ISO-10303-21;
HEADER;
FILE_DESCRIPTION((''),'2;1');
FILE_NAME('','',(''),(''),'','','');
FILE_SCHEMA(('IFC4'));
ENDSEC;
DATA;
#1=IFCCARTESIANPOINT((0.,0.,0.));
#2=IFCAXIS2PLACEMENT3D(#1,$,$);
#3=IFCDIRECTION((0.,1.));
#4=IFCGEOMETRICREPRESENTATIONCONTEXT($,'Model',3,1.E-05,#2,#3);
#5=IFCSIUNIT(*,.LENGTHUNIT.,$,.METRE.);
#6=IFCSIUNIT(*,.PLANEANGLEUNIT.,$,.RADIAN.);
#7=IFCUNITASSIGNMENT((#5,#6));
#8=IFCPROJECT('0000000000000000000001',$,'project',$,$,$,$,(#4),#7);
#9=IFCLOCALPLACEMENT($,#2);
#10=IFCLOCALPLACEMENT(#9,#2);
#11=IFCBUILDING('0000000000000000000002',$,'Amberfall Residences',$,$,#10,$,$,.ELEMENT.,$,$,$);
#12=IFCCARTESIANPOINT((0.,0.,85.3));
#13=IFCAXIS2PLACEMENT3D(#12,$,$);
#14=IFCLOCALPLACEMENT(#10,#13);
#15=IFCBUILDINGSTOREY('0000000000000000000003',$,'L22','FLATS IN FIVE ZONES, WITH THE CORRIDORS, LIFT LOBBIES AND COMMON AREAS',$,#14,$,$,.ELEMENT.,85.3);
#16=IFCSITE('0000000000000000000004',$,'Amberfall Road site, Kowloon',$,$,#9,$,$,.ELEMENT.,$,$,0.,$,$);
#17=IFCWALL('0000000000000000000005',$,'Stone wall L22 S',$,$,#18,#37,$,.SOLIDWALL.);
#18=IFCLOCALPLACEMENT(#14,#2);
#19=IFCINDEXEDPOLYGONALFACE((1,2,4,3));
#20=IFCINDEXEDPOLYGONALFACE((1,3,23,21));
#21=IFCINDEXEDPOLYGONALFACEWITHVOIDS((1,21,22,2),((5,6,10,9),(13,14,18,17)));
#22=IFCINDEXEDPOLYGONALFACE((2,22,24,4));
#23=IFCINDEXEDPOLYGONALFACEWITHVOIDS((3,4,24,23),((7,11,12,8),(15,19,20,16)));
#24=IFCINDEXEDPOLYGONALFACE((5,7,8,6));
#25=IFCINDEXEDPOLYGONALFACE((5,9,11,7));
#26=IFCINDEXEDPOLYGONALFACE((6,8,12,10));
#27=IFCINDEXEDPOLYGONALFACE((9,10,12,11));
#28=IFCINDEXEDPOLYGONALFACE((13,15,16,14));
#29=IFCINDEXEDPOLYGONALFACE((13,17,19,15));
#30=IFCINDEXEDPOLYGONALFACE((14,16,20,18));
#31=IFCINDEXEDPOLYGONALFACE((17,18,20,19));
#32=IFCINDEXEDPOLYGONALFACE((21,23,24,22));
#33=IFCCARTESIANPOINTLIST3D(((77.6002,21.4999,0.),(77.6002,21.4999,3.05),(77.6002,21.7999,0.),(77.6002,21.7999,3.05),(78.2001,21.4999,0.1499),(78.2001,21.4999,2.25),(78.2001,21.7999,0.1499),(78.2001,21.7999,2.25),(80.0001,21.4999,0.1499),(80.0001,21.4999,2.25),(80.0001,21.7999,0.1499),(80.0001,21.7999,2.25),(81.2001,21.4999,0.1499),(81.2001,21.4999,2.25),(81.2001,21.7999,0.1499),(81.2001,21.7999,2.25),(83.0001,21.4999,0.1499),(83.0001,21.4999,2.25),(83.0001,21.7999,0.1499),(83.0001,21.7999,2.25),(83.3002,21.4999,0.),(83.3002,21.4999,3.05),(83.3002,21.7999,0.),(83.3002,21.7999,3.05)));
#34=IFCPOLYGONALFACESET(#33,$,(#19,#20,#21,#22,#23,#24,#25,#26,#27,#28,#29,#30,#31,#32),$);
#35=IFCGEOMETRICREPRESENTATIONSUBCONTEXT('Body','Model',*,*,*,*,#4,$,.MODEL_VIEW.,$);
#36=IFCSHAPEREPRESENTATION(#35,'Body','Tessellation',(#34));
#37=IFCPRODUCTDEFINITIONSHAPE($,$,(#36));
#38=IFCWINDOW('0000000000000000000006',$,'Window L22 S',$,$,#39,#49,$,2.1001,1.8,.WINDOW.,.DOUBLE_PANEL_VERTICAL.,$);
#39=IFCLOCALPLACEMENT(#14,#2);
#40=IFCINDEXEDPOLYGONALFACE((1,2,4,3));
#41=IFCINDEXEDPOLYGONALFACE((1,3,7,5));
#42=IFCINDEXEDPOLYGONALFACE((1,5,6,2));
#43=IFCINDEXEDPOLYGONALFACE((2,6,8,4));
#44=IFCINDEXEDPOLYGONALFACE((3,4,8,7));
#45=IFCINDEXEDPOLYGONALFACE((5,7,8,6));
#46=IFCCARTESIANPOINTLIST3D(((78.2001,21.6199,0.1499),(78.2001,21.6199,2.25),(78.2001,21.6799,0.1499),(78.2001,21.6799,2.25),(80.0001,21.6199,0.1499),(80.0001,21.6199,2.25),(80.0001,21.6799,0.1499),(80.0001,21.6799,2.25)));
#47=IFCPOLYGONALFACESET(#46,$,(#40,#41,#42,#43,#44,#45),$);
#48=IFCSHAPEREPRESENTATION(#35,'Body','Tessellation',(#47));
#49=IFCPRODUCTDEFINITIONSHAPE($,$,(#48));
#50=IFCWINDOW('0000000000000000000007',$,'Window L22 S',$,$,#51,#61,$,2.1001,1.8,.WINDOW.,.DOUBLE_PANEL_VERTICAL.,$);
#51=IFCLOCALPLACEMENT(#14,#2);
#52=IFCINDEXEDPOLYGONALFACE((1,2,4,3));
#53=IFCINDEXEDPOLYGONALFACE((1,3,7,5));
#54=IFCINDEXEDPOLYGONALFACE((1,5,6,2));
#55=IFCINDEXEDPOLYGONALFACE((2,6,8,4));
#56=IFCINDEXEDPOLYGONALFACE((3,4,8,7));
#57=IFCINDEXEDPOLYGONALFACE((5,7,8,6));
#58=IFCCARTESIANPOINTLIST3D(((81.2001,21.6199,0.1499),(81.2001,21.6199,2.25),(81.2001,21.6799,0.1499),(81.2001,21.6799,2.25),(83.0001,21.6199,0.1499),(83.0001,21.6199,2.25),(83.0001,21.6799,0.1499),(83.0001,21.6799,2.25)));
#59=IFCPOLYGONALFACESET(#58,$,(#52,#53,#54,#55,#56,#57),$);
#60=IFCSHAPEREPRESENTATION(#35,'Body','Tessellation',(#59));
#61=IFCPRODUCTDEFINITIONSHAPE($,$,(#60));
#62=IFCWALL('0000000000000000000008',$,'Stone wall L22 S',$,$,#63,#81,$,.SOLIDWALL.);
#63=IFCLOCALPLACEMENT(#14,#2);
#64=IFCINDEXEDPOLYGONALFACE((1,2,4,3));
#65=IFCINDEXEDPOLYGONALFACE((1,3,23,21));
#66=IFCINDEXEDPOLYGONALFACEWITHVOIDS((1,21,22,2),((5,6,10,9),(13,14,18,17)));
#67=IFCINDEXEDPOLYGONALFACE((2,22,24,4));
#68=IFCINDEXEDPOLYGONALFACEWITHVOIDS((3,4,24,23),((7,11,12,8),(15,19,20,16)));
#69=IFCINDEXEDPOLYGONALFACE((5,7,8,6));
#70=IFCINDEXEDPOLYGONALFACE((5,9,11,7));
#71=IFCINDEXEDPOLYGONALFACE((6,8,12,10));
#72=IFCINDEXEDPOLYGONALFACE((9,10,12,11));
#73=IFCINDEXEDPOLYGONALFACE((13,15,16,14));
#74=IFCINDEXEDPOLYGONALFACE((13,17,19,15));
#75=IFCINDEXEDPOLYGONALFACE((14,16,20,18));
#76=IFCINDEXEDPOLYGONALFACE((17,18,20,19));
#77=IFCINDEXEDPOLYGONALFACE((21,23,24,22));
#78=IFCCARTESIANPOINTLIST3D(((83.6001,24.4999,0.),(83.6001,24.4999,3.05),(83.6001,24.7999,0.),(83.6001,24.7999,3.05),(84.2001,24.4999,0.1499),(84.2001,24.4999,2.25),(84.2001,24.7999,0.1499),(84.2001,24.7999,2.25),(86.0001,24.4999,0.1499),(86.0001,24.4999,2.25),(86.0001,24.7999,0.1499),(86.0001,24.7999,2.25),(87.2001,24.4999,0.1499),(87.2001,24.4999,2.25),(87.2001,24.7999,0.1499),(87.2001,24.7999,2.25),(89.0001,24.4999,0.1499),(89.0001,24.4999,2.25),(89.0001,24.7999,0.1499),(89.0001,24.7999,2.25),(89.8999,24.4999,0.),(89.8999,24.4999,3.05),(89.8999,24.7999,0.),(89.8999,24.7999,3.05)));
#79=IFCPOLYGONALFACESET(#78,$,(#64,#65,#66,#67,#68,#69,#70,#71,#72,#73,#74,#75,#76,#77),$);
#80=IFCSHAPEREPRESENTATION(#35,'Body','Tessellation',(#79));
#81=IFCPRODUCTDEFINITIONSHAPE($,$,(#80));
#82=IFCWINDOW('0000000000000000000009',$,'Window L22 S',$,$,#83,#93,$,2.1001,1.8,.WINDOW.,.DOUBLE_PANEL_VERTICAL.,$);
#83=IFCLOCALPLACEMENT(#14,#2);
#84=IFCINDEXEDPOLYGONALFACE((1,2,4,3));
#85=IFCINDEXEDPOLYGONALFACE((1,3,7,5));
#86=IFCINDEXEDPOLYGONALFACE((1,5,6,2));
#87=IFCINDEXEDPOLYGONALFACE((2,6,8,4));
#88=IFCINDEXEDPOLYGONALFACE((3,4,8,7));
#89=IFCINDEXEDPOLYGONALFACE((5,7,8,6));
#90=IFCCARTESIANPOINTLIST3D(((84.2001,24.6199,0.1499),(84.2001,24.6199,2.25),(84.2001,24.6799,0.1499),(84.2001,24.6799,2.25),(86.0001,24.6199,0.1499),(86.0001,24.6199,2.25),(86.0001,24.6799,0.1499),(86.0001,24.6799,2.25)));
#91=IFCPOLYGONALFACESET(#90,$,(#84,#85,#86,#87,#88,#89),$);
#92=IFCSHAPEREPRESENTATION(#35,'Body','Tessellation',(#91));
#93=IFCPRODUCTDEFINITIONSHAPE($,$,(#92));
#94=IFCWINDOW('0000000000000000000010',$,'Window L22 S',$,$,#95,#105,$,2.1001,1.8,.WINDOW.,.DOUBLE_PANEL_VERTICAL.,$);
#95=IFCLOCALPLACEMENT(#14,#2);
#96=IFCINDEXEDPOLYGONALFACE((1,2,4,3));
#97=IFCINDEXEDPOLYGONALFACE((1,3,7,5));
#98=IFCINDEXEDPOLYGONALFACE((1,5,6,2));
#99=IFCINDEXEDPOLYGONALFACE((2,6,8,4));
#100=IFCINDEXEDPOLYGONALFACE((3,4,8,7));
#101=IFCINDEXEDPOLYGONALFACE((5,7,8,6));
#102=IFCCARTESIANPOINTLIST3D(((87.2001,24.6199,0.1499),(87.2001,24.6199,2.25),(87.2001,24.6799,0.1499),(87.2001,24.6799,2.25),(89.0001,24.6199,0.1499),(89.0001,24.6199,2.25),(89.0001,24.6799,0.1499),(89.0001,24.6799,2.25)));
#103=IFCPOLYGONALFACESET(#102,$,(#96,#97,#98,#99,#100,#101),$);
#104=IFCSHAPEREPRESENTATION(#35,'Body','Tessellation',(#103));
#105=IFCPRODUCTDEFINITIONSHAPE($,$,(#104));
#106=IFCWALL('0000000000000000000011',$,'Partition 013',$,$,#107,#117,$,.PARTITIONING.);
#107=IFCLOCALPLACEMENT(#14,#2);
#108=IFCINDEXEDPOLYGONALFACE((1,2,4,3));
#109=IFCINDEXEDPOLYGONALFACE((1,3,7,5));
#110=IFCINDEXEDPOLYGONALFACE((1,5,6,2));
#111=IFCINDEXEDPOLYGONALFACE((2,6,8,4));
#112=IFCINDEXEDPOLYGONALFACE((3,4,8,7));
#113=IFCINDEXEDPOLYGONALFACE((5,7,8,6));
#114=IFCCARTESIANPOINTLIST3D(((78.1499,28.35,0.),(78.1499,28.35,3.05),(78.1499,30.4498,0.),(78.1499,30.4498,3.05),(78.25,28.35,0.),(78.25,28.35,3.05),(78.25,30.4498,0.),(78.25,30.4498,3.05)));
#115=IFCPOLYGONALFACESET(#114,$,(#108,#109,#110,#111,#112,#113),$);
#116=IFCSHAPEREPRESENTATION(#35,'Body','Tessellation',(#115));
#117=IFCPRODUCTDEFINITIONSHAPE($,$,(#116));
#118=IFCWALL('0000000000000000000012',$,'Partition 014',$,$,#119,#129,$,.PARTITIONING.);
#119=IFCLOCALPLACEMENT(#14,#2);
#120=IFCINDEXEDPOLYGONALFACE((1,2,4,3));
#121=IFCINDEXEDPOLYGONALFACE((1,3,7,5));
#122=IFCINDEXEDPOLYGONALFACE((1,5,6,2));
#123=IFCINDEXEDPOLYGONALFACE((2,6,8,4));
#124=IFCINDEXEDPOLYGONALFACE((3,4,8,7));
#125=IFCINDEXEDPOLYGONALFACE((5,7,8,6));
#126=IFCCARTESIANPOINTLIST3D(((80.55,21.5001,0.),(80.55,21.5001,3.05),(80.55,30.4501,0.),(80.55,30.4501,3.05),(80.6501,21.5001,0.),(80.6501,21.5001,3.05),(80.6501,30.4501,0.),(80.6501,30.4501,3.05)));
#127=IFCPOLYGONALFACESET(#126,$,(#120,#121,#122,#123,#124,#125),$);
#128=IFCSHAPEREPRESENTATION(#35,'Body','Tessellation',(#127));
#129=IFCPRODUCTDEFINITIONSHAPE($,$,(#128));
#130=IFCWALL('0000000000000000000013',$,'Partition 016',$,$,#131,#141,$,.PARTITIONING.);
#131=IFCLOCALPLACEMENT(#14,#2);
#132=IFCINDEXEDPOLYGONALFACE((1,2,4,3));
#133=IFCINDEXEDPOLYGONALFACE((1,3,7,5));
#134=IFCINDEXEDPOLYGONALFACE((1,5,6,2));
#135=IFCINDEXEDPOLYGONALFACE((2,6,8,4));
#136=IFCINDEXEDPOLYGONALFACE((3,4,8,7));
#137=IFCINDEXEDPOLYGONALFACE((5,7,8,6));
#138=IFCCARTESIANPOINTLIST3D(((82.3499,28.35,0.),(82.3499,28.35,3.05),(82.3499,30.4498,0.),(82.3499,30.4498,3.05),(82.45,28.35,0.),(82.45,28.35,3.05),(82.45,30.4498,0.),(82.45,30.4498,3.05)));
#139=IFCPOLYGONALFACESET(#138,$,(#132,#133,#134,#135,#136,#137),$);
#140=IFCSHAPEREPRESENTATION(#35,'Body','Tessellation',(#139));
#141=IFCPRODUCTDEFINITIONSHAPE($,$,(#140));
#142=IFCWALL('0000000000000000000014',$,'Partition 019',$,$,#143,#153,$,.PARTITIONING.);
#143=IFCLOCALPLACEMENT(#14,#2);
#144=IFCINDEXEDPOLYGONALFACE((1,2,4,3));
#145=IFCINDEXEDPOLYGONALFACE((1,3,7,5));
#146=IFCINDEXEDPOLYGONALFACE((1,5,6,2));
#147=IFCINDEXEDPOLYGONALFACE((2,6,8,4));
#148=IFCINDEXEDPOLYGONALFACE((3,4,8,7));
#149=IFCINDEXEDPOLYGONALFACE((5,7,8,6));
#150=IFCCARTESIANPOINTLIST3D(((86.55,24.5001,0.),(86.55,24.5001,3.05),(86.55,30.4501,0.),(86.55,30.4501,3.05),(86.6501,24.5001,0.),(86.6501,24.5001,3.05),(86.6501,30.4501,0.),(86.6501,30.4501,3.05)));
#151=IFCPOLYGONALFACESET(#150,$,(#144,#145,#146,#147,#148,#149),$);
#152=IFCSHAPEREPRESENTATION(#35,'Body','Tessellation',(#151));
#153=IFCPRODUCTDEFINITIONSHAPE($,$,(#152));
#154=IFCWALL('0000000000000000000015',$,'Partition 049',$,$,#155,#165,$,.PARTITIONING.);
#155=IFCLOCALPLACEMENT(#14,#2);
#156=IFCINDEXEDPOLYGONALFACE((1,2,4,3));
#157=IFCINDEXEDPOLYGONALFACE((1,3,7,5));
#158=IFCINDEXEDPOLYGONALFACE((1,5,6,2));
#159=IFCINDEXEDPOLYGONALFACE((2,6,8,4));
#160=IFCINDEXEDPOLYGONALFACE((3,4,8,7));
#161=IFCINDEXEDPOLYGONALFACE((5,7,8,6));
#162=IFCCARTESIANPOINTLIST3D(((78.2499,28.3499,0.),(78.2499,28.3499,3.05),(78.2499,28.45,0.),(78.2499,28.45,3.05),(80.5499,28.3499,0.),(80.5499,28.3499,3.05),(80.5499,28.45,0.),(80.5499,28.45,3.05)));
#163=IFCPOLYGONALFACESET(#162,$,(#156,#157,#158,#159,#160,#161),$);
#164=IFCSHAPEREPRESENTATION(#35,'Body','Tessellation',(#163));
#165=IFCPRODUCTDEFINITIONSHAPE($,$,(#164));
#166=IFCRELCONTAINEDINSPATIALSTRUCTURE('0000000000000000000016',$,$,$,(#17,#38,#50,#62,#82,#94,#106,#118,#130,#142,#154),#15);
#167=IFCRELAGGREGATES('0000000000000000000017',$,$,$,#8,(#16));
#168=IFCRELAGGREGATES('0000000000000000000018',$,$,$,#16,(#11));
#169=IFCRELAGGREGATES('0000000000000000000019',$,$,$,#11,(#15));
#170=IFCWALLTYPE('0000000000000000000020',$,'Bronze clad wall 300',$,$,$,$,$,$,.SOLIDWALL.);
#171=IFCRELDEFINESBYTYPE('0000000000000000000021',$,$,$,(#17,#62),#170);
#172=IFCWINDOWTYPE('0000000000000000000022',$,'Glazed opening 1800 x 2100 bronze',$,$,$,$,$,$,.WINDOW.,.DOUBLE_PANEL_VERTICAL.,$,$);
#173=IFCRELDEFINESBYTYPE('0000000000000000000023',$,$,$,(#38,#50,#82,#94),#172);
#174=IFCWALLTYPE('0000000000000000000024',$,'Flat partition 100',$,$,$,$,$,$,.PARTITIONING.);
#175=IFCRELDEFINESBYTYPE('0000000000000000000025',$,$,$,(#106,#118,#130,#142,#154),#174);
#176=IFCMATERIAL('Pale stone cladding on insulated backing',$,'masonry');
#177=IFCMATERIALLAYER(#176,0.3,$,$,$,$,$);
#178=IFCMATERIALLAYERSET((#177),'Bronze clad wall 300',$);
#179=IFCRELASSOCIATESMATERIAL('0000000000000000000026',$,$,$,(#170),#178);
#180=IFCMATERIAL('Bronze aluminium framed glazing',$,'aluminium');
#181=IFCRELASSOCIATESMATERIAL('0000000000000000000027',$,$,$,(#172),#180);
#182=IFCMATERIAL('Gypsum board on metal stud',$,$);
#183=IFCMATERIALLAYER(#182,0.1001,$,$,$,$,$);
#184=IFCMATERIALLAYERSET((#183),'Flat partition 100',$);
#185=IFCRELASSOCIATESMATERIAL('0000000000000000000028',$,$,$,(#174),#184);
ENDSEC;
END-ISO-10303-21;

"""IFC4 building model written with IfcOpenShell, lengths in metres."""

from ifc_helpers import new_model, si_unit, direction, frame, frame_2d, origin, place, context, subcontext, project, spatial, rectangle, extrude, material, layer, layer_set, type_object, element, fill, save


model = new_model("IFC4")

# Units and contexts
model_context = context("Model", 3, precision=1e-05, world=origin(), true_north=direction((0.0, 1.0)))
body_context = subcontext(model_context, "Body", "Model", "MODEL_VIEW")
ifc_project = project(units=[si_unit("LENGTHUNIT", "METRE"), si_unit("PLANEANGLEUNIT", "RADIAN")], contexts=[model_context])

# Site, building, storey
site_placement = place(None, origin())
site = spatial("IfcSite", under=ifc_project, at=site_placement, Name="Amberfall Road site, Kowloon", CompositionType="ELEMENT", RefElevation=0.0)
building_placement = place(site_placement, origin())
building = spatial("IfcBuilding", under=site, at=building_placement, Name="Amberfall Residences", CompositionType="ELEMENT")
storey_placement = place(building_placement, frame((0.0, 0.0, 85.3)))
storey = spatial("IfcBuildingStorey", under=building, at=storey_placement, Name="L22", Description="FLATS IN FIVE ZONES, WITH THE CORRIDORS, LIFT LOBBIES AND COMMON AREAS", CompositionType="ELEMENT", Elevation=85.3)

# Shared definitions
ifc_material_1 = material(Name="Pale stone cladding on insulated backing", Category="masonry")
ifc_layer_1 = layer(ifc_material_1, 0.3)
ifc_layer_set_1 = layer_set([ifc_layer_1], Name="Bronze clad wall 300")
wall_type_1 = type_object("IfcWallType", Name="Bronze clad wall 300", PredefinedType="SOLIDWALL", material=ifc_layer_set_1)
ifc_material_2 = material(Name="Bronze aluminium framed glazing", Category="aluminium")

# Walls, openings, windows
wall_1_placement = place(storey_placement, frame((77.6001, 21.6499, 0.0), z_axis=(0.0, 0.0, 1.0), x_axis=(1.0, 0.0, 0.0)))
wall_1 = element("IfcWall", 1, at=wall_1_placement, inside=storey, type_object=wall_type_1, Name="Stone wall L22 S", PredefinedType="SOLIDWALL", context=body_context, shape_type="SweptSolid", body=[
    extrude(rectangle(XDim=5.7, YDim=0.3, at=frame_2d((2.8501, 0.0))), origin(), (0.0, 0.0, 1.0), 3.05),
])
opening_1_placement = place(wall_1_placement, frame((0.6001, 0.0, 0.1499)))
opening_1 = element("IfcOpeningElement", 2, at=opening_1_placement, cuts=wall_1, PredefinedType="OPENING", context=body_context, shape_type="SweptSolid", body=[
    extrude(rectangle(XDim=1.8, YDim=2.1001, at=frame_2d((0.8999, 1.05))), frame((0.0, 0.1599, 0.0), z_axis=(0.0, -1.0, 0.0), x_axis=(1.0, 0.0, 0.0)), (0.0, 0.0, 1.0), 0.3201),
])
opening_2_placement = place(wall_1_placement, frame((3.6001, 0.0, 0.1499)))
opening_2 = element("IfcOpeningElement", 3, at=opening_2_placement, cuts=wall_1, PredefinedType="OPENING", context=body_context, shape_type="SweptSolid", body=[
    extrude(rectangle(XDim=1.8, YDim=2.1001, at=frame_2d((0.8999, 1.05))), frame((0.0, 0.1599, 0.0), z_axis=(0.0, -1.0, 0.0), x_axis=(1.0, 0.0, 0.0)), (0.0, 0.0, 1.0), 0.3201),
])
window_type_1 = type_object("IfcWindowType", Name="Glazed opening 1800 x 2100 bronze", PartitioningType="DOUBLE_PANEL_VERTICAL", PredefinedType="WINDOW", material=ifc_material_2)
window_1_placement = place(opening_1_placement, origin())
window_1 = element("IfcWindow", 4, at=window_1_placement, inside=storey, type_object=window_type_1, Name="Window L22 S", OverallHeight=2.1001, OverallWidth=1.8, PartitioningType="DOUBLE_PANEL_VERTICAL", PredefinedType="WINDOW", context=body_context, shape_type="SweptSolid", body=[
    extrude(rectangle(XDim=1.8, YDim=2.1001, at=frame_2d((0.8999, 1.05))), frame((0.0, 0.03, 0.0), z_axis=(0.0, -1.0, 0.0), x_axis=(1.0, 0.0, 0.0)), (0.0, 0.0, 1.0), 0.0601),
])
fill(opening_1, window_1)
window_2_placement = place(opening_2_placement, origin())
window_2 = element("IfcWindow", 5, at=window_2_placement, inside=storey, type_object=window_type_1, Name="Window L22 S", OverallHeight=2.1001, OverallWidth=1.8, PartitioningType="DOUBLE_PANEL_VERTICAL", PredefinedType="WINDOW", context=body_context, shape_type="SweptSolid", body=[
    extrude(rectangle(XDim=1.8, YDim=2.1001, at=frame_2d((0.8999, 1.05))), frame((0.0, 0.03, 0.0), z_axis=(0.0, -1.0, 0.0), x_axis=(1.0, 0.0, 0.0)), (0.0, 0.0, 1.0), 0.0601),
])
fill(opening_2, window_2)
wall_2_placement = place(storey_placement, frame((83.6001, 24.6499, 0.0), z_axis=(0.0, 0.0, 1.0), x_axis=(1.0, 0.0, 0.0)))
wall_2 = element("IfcWall", 6, at=wall_2_placement, inside=storey, type_object=wall_type_1, Name="Stone wall L22 S", PredefinedType="SOLIDWALL", context=body_context, shape_type="SweptSolid", body=[
    extrude(rectangle(XDim=6.2998, YDim=0.3, at=frame_2d((3.1499, 0.0))), origin(), (0.0, 0.0, 1.0), 3.05),
])
opening_3_placement = place(wall_2_placement, frame((0.6001, 0.0, 0.1499)))
opening_3 = element("IfcOpeningElement", 7, at=opening_3_placement, cuts=wall_2, PredefinedType="OPENING", context=body_context, shape_type="SweptSolid", body=[
    extrude(rectangle(XDim=1.8, YDim=2.1001, at=frame_2d((0.8999, 1.05))), frame((0.0, 0.1599, 0.0), z_axis=(0.0, -1.0, 0.0), x_axis=(1.0, 0.0, 0.0)), (0.0, 0.0, 1.0), 0.3201),
])
opening_4_placement = place(wall_2_placement, frame((3.6001, 0.0, 0.1499)))
opening_4 = element("IfcOpeningElement", 8, at=opening_4_placement, cuts=wall_2, PredefinedType="OPENING", context=body_context, shape_type="SweptSolid", body=[
    extrude(rectangle(XDim=1.8, YDim=2.1001, at=frame_2d((0.8999, 1.05))), frame((0.0, 0.1599, 0.0), z_axis=(0.0, -1.0, 0.0), x_axis=(1.0, 0.0, 0.0)), (0.0, 0.0, 1.0), 0.3201),
])
window_3_placement = place(opening_3_placement, origin())
window_3 = element("IfcWindow", 9, at=window_3_placement, inside=storey, type_object=window_type_1, Name="Window L22 S", OverallHeight=2.1001, OverallWidth=1.8, PartitioningType="DOUBLE_PANEL_VERTICAL", PredefinedType="WINDOW", context=body_context, shape_type="SweptSolid", body=[
    extrude(rectangle(XDim=1.8, YDim=2.1001, at=frame_2d((0.8999, 1.05))), frame((0.0, 0.03, 0.0), z_axis=(0.0, -1.0, 0.0), x_axis=(1.0, 0.0, 0.0)), (0.0, 0.0, 1.0), 0.0601),
])
fill(opening_3, window_3)
window_4_placement = place(opening_4_placement, origin())
window_4 = element("IfcWindow", 10, at=window_4_placement, inside=storey, type_object=window_type_1, Name="Window L22 S", OverallHeight=2.1001, OverallWidth=1.8, PartitioningType="DOUBLE_PANEL_VERTICAL", PredefinedType="WINDOW", context=body_context, shape_type="SweptSolid", body=[
    extrude(rectangle(XDim=1.8, YDim=2.1001, at=frame_2d((0.8999, 1.05))), frame((0.0, 0.03, 0.0), z_axis=(0.0, -1.0, 0.0), x_axis=(1.0, 0.0, 0.0)), (0.0, 0.0, 1.0), 0.0601),
])
fill(opening_4, window_4)

# Walls
ifc_material_3 = material(Name="Gypsum board on metal stud")
ifc_layer_2 = layer(ifc_material_3, 0.1001)
ifc_layer_set_2 = layer_set([ifc_layer_2], Name="Flat partition 100")
wall_type_2 = type_object("IfcWallType", Name="Flat partition 100", PredefinedType="PARTITIONING", material=ifc_layer_set_2)
wall_3_placement = place(storey_placement, frame((78.2, 28.3501, 0.0), z_axis=(0.0, 0.0, 1.0), x_axis=(0.0, 1.0, 0.0)))
element("IfcWall", 11, at=wall_3_placement, inside=storey, type_object=wall_type_2, Name="Partition 013", PredefinedType="PARTITIONING", context=body_context, shape_type="SweptSolid", body=[
    extrude(rectangle(XDim=2.0999, YDim=0.1001, at=frame_2d((1.0498, 0.0))), origin(), (0.0, 0.0, 1.0), 3.05),
])
wall_4_placement = place(storey_placement, frame((80.6001, 21.5, 0.0), z_axis=(0.0, 0.0, 1.0), x_axis=(0.0, 1.0, 0.0)))
element("IfcWall", 12, at=wall_4_placement, inside=storey, type_object=wall_type_2, Name="Partition 014", PredefinedType="PARTITIONING", context=body_context, shape_type="SweptSolid", body=[
    extrude(rectangle(XDim=8.95, YDim=0.1001, at=frame_2d((4.4751, 0.0))), origin(), (0.0, 0.0, 1.0), 3.05),
])
wall_5_placement = place(storey_placement, frame((82.3999, 28.3501, 0.0), z_axis=(0.0, 0.0, 1.0), x_axis=(0.0, 1.0, 0.0)))
element("IfcWall", 13, at=wall_5_placement, inside=storey, type_object=wall_type_2, Name="Partition 016", PredefinedType="PARTITIONING", context=body_context, shape_type="SweptSolid", body=[
    extrude(rectangle(XDim=2.0999, YDim=0.1001, at=frame_2d((1.0498, 0.0))), origin(), (0.0, 0.0, 1.0), 3.05),
])
wall_6_placement = place(storey_placement, frame((86.6001, 24.5, 0.0), z_axis=(0.0, 0.0, 1.0), x_axis=(0.0, 1.0, 0.0)))
element("IfcWall", 14, at=wall_6_placement, inside=storey, type_object=wall_type_2, Name="Partition 019", PredefinedType="PARTITIONING", context=body_context, shape_type="SweptSolid", body=[
    extrude(rectangle(XDim=5.95, YDim=0.1001, at=frame_2d((2.9751, 0.0))), origin(), (0.0, 0.0, 1.0), 3.05),
])
wall_7_placement = place(storey_placement, frame((78.25, 28.3999, 0.0), z_axis=(0.0, 0.0, 1.0), x_axis=(1.0, 0.0, 0.0)))
element("IfcWall", 15, at=wall_7_placement, inside=storey, type_object=wall_type_2, Name="Partition 049", PredefinedType="PARTITIONING", context=body_context, shape_type="SweptSolid", body=[
    extrude(rectangle(XDim=2.3, YDim=0.1001, at=frame_2d((1.1499, 0.0))), origin(), (0.0, 0.0, 1.0), 3.05),
])

save(model, "model.ifc")
